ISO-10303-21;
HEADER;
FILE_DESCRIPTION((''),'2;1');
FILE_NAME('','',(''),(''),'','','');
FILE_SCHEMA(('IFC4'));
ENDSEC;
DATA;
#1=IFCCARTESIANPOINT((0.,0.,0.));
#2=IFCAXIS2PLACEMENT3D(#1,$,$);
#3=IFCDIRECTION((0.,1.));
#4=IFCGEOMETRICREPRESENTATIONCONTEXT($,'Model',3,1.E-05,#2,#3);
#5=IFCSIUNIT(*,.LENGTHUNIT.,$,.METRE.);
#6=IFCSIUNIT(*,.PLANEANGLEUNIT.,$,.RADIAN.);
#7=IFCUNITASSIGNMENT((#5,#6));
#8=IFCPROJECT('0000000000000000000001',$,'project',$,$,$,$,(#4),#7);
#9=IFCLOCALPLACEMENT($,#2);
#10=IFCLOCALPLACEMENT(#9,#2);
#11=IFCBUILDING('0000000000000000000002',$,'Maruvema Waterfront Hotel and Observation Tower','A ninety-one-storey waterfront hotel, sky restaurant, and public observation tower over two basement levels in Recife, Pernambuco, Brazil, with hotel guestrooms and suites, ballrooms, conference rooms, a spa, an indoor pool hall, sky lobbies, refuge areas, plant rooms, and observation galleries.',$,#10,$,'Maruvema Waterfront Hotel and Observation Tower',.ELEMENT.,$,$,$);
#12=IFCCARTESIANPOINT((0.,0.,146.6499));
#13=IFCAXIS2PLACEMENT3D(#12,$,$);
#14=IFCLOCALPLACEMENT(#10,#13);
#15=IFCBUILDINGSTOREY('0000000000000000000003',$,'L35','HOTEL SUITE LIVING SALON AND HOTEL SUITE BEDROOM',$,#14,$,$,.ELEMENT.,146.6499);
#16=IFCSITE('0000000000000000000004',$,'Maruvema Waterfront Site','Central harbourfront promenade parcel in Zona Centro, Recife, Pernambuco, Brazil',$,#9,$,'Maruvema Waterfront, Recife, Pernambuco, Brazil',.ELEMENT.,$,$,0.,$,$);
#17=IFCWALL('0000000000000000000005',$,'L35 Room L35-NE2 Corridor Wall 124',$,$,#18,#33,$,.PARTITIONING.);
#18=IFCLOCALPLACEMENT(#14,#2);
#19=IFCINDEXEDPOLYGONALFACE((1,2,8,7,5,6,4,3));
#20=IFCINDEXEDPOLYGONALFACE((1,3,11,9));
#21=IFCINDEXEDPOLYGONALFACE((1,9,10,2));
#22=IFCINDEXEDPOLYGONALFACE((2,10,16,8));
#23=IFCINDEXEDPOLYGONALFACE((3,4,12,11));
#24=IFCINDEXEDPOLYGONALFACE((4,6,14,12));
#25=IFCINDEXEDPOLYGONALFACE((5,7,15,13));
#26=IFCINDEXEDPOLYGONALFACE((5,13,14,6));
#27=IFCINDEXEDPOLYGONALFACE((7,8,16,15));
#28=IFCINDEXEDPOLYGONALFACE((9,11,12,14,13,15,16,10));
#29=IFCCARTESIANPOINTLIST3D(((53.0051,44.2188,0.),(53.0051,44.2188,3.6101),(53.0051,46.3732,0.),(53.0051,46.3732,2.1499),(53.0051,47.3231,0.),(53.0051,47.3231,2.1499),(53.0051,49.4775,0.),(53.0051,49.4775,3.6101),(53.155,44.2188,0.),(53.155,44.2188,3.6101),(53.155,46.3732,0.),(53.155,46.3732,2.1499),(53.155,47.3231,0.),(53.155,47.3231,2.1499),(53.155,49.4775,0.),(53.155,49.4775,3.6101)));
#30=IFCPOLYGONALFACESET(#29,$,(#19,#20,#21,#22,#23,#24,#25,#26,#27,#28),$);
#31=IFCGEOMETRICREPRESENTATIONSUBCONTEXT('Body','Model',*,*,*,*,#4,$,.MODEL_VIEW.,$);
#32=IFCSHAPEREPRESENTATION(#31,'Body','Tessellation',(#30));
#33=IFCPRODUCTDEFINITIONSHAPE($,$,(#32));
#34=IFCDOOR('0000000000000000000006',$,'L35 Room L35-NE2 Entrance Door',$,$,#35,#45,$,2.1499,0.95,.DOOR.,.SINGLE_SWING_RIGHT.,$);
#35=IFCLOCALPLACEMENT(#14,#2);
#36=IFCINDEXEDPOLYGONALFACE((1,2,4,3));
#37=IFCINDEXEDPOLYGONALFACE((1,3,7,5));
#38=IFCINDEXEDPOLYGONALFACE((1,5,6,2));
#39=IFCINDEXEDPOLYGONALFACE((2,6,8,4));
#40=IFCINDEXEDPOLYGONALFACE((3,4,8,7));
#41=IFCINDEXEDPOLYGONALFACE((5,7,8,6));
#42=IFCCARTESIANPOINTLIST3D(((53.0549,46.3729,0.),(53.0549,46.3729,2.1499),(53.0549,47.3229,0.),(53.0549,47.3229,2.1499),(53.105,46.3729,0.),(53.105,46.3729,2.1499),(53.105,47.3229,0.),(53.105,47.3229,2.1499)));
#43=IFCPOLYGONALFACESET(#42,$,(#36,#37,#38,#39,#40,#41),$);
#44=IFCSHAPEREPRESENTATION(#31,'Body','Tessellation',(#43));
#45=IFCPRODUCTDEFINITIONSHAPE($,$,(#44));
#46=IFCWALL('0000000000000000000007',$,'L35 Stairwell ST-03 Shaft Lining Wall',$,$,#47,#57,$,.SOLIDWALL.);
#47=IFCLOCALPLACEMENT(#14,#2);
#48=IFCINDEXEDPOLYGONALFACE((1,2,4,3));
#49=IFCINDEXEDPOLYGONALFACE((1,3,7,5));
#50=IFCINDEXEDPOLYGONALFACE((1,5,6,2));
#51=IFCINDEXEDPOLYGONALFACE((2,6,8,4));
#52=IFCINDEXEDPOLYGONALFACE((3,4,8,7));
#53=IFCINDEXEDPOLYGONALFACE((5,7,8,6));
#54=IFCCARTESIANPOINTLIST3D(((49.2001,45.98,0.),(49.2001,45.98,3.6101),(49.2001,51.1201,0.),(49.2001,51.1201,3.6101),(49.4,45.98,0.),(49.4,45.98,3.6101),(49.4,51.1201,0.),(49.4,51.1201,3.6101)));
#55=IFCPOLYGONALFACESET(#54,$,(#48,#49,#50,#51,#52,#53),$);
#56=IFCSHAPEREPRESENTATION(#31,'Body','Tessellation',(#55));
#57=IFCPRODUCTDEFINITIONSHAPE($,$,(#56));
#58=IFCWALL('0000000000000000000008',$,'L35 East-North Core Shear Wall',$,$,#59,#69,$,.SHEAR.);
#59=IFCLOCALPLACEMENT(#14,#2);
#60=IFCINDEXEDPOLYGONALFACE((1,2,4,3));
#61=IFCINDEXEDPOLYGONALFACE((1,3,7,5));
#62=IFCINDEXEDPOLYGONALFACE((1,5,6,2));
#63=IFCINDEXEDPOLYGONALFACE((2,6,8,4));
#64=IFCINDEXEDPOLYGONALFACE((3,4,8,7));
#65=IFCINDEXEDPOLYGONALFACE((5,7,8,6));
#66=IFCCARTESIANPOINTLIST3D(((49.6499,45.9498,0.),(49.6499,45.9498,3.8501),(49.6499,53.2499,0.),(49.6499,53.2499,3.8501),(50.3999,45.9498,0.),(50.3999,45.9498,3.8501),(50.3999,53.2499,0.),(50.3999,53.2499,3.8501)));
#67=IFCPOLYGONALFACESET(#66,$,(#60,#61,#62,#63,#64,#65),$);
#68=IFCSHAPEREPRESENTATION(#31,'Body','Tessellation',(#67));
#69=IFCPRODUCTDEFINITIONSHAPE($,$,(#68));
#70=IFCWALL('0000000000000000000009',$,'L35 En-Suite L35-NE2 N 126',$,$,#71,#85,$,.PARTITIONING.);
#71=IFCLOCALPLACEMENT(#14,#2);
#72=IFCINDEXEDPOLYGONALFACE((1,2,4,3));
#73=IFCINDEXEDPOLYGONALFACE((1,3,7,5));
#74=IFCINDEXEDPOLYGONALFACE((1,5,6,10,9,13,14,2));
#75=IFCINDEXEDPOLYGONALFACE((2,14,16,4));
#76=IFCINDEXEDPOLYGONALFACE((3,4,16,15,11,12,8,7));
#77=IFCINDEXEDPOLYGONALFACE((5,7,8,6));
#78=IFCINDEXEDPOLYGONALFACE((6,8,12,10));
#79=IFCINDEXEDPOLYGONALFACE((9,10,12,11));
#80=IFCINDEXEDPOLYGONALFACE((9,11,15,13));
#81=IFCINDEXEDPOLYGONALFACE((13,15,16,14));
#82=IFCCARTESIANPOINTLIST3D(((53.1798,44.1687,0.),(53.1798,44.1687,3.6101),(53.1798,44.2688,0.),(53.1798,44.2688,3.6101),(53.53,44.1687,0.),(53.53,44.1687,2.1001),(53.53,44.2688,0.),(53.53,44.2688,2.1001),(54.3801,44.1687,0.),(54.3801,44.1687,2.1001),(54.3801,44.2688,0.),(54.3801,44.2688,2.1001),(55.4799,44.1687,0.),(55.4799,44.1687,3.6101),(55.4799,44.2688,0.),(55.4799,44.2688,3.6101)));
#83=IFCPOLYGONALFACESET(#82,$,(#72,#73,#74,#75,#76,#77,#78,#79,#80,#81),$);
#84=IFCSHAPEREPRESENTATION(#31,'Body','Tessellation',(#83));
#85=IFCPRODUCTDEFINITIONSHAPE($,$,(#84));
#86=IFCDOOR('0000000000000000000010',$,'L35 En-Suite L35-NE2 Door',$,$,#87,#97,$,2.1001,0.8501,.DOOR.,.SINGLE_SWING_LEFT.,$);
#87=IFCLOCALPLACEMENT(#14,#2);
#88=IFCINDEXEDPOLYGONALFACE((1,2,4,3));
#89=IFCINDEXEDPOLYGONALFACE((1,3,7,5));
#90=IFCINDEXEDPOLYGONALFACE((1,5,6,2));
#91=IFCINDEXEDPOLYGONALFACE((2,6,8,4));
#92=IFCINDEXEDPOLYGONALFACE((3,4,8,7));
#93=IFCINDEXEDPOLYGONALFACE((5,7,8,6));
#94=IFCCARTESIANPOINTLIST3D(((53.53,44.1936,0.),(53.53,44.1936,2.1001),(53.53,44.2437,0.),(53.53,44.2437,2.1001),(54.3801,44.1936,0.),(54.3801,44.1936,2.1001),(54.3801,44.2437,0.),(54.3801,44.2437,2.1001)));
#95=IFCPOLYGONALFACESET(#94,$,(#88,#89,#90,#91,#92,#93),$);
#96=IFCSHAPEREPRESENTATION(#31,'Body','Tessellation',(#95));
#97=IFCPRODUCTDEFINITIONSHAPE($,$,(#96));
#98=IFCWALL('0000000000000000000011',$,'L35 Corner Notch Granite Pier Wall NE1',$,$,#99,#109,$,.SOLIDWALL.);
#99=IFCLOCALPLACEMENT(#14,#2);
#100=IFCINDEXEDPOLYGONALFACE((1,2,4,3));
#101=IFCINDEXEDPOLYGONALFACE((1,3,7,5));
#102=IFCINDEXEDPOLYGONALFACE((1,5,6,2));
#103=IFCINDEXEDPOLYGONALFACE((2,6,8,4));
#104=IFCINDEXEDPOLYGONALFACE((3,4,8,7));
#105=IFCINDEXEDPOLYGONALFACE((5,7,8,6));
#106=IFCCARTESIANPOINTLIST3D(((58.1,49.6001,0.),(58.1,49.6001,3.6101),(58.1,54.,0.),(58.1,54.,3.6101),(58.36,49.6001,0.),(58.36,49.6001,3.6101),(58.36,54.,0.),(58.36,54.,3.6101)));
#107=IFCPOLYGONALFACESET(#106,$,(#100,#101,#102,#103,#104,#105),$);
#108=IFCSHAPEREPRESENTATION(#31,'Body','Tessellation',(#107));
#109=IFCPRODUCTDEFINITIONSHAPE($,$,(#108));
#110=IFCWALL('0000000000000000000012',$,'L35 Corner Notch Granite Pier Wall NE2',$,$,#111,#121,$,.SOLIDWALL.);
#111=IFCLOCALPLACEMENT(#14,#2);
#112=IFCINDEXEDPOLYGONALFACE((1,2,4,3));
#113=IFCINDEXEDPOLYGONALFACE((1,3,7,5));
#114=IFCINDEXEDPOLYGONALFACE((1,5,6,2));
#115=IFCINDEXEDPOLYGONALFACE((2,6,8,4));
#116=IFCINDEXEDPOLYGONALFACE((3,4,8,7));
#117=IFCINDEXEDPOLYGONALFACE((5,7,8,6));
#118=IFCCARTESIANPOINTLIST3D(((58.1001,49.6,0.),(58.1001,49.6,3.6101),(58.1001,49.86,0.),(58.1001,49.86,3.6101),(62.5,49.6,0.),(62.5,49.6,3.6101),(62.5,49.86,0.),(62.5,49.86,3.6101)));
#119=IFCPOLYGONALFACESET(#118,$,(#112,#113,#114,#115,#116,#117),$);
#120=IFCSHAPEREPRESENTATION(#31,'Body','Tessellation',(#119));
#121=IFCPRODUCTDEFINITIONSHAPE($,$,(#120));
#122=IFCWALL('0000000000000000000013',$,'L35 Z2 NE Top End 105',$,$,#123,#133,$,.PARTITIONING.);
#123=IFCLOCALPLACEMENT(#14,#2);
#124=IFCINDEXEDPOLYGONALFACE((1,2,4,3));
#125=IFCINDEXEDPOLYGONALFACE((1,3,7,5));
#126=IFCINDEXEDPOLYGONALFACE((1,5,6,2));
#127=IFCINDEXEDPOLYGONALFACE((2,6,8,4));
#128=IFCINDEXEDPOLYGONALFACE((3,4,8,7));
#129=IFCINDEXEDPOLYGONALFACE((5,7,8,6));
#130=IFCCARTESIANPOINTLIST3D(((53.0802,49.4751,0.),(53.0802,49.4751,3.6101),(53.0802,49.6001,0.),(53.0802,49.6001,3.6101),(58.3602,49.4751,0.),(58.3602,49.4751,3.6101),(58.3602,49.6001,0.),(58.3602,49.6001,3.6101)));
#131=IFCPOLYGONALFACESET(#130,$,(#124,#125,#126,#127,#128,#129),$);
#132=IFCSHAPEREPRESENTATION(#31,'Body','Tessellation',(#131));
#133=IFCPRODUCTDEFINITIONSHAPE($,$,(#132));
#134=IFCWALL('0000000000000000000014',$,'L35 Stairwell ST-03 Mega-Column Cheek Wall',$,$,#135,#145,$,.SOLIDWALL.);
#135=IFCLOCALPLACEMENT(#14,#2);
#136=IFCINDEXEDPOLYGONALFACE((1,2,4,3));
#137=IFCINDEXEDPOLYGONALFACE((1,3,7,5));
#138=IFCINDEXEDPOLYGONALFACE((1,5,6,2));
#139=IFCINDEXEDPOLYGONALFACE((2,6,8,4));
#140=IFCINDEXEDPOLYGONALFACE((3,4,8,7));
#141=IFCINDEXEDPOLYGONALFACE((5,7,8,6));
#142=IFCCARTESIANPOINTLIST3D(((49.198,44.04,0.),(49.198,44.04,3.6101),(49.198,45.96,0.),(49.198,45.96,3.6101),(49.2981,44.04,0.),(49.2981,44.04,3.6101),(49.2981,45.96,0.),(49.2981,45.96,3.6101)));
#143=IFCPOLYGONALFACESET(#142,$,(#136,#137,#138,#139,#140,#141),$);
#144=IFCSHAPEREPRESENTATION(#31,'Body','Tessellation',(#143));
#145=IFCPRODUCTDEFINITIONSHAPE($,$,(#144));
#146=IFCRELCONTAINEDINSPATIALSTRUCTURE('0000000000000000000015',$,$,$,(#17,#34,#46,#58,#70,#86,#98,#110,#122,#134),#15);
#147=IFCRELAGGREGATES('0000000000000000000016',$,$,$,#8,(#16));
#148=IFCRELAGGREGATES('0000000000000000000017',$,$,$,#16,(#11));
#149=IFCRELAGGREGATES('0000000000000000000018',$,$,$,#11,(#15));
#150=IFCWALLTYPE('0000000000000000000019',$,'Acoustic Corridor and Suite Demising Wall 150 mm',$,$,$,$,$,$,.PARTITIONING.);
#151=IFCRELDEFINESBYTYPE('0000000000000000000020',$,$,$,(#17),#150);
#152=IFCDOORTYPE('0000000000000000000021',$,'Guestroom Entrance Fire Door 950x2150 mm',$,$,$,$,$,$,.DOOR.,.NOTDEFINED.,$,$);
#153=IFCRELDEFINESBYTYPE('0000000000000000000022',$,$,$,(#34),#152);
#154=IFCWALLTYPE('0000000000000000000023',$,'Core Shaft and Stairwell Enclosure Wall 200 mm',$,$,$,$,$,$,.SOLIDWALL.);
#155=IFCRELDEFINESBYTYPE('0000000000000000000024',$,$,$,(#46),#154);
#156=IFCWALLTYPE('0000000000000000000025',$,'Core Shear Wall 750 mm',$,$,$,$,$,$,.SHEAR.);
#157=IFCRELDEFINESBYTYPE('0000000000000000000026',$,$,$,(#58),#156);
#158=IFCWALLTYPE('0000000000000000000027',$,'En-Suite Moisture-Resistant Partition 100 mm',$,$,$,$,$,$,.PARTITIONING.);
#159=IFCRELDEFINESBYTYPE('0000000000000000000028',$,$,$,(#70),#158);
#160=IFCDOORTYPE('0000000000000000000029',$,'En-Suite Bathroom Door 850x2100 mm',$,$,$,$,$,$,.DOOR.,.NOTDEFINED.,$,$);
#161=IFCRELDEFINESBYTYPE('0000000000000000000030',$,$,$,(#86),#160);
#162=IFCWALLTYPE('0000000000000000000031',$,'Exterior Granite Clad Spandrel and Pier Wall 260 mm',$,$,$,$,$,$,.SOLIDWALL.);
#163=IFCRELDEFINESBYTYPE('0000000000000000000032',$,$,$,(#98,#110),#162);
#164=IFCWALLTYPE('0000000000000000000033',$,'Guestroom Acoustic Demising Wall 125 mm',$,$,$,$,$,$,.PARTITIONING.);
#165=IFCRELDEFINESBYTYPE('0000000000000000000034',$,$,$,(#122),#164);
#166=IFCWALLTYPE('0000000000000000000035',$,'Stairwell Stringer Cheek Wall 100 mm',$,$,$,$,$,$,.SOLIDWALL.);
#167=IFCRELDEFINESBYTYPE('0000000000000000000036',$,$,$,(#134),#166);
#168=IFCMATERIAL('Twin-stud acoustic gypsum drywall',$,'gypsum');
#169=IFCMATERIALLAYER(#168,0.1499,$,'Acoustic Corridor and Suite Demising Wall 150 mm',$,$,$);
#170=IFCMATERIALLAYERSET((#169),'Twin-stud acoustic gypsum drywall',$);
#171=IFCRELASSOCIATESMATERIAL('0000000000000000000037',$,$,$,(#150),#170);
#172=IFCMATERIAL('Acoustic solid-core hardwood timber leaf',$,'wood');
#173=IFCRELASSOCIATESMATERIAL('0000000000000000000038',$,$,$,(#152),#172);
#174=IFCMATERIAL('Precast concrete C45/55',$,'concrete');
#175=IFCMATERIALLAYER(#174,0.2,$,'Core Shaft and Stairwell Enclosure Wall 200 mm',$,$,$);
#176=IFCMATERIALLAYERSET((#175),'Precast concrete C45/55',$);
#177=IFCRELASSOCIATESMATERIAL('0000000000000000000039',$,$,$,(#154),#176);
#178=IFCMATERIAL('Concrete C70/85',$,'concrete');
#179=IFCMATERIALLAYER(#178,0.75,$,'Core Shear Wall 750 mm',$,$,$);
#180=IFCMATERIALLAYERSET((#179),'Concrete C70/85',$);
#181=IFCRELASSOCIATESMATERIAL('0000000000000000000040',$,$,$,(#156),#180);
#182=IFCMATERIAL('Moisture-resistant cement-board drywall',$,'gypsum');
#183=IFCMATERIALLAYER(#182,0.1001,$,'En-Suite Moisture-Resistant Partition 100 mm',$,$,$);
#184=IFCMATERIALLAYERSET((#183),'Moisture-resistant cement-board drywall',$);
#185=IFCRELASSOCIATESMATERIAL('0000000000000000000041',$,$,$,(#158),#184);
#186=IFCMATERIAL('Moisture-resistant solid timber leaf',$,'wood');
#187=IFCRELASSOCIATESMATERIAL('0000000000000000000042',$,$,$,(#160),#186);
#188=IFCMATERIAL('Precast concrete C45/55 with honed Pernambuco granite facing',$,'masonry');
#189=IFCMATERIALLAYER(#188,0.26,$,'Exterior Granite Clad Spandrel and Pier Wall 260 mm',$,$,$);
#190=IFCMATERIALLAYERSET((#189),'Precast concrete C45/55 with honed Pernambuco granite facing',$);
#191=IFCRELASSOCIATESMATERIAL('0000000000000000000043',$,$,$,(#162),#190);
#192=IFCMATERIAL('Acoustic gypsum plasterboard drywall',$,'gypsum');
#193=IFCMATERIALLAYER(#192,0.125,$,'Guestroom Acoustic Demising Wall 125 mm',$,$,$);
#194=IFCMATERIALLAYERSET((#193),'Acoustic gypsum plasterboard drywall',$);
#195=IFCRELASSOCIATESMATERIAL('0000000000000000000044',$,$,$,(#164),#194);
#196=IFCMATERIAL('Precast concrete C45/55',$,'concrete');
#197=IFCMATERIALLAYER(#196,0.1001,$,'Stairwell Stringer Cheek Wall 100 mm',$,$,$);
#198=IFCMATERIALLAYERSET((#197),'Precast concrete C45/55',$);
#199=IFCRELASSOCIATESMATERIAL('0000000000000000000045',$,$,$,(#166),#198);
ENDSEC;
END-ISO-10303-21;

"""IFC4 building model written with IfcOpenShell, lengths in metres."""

from ifc_helpers import new_model, si_unit, direction, frame, frame_2d, origin, place, context, subcontext, project, spatial, rectangle, extrude, material, layer, layer_set, type_object, element, fill, save


model = new_model("IFC4")

# Units and contexts
model_context = context("Model", 3, precision=1e-05, world=origin(), true_north=direction((0.0, 1.0)))
body_context = subcontext(model_context, "Body", "Model", "MODEL_VIEW")
ifc_project = project(units=[si_unit("LENGTHUNIT", "METRE"), si_unit("PLANEANGLEUNIT", "RADIAN")], contexts=[model_context])

# Site, building, storey
site_placement = place(None, origin())
site = spatial("IfcSite", under=ifc_project, at=site_placement, Name="Maruvema Waterfront Site", Description="Central harbourfront promenade parcel in Zona Centro, Recife, Pernambuco, Brazil", LongName="Maruvema Waterfront, Recife, Pernambuco, Brazil", CompositionType="ELEMENT", RefElevation=0.0)
building_placement = place(site_placement, origin())
building = spatial("IfcBuilding", under=site, at=building_placement, Name="Maruvema Waterfront Hotel and Observation Tower", Description="A ninety-one-storey waterfront hotel, sky restaurant, and public observation tower over two basement levels in Recife, Pernambuco, Brazil, with hotel guestrooms and suites, ballrooms, conference rooms, a spa, an indoor pool hall, sky lobbies, refuge areas, plant rooms, and observation galleries.", LongName="Maruvema Waterfront Hotel and Observation Tower", CompositionType="ELEMENT")
storey_placement = place(building_placement, frame((0.0, 0.0, 146.6499)))
storey = spatial("IfcBuildingStorey", under=building, at=storey_placement, Name="L35", Description="HOTEL SUITE LIVING SALON AND HOTEL SUITE BEDROOM", CompositionType="ELEMENT", Elevation=146.6499)

# Wall, opening, door
ifc_material_1 = material(Name="Twin-stud acoustic gypsum drywall", Category="gypsum")
ifc_layer_1 = layer(ifc_material_1, 0.1499, Name="Acoustic Corridor and Suite Demising Wall 150 mm")
ifc_layer_set_1 = layer_set([ifc_layer_1], Name="Twin-stud acoustic gypsum drywall")
wall_type_1 = type_object("IfcWallType", Name="Acoustic Corridor and Suite Demising Wall 150 mm", PredefinedType="PARTITIONING", material=ifc_layer_set_1)
wall_1_placement = place(storey_placement, frame((53.0801, 44.2188, 0.0), z_axis=(0.0, 0.0, 1.0), x_axis=(0.0, 1.0, 0.0)))
wall_1 = element("IfcWall", 1, at=wall_1_placement, inside=storey, type_object=wall_type_1, Name="L35 Room L35-NE2 Corridor Wall 124", PredefinedType="PARTITIONING", context=body_context, shape_type="SweptSolid", body=[
    extrude(rectangle(XDim=5.2588, YDim=0.1499, at=frame_2d((2.6294, 0.0))), origin(), (0.0, 0.0, 1.0), 3.6101),
])
opening_1_placement = place(wall_1_placement, frame((2.1543, 0.0, 0.0)))
opening_1 = element("IfcOpeningElement", 2, at=opening_1_placement, cuts=wall_1, PredefinedType="OPENING", context=body_context, shape_type="SweptSolid", body=[
    extrude(rectangle(XDim=0.95, YDim=2.1499, at=frame_2d((0.4751, 1.075))), frame((0.0, 0.085, 0.0), z_axis=(0.0, -1.0, 0.0), x_axis=(1.0, 0.0, 0.0)), (0.0, 0.0, 1.0), 0.1699),
])
ifc_material_2 = material(Name="Acoustic solid-core hardwood timber leaf", Category="wood")
door_type_1 = type_object("IfcDoorType", Name="Guestroom Entrance Fire Door 950x2150 mm", OperationType="NOTDEFINED", PredefinedType="DOOR", material=ifc_material_2)
door_1_placement = place(opening_1_placement, frame((0.95, 0.0, 0.0), z_axis=(0.0, 0.0, 1.0), x_axis=(-1.0, 0.0, 0.0)))
door_1 = element("IfcDoor", 3, at=door_1_placement, inside=storey, type_object=door_type_1, Name="L35 Room L35-NE2 Entrance Door", OperationType="SINGLE_SWING_RIGHT", OverallHeight=2.1499, OverallWidth=0.95, PredefinedType="DOOR", context=body_context, shape_type="SweptSolid", body=[
    extrude(rectangle(XDim=0.95, YDim=2.1499, at=frame_2d((0.4751, 1.075))), frame((0.0, 0.0249, 0.0), z_axis=(0.0, -1.0, 0.0), x_axis=(1.0, 0.0, 0.0)), (0.0, 0.0, 1.0), 0.05),
])
fill(opening_1, door_1)

# Walls
ifc_material_3 = material(Name="Precast concrete C45/55", Category="concrete")
ifc_layer_2 = layer(ifc_material_3, 0.2, Name="Core Shaft and Stairwell Enclosure Wall 200 mm")
ifc_layer_set_2 = layer_set([ifc_layer_2], Name="Precast concrete C45/55")
wall_type_2 = type_object("IfcWallType", Name="Core Shaft and Stairwell Enclosure Wall 200 mm", PredefinedType="SOLIDWALL", material=ifc_layer_set_2)
wall_2_placement = place(storey_placement, frame((49.3, 45.98, 0.0), z_axis=(0.0, 0.0, 1.0), x_axis=(0.0, 1.0, 0.0)))
element("IfcWall", 4, at=wall_2_placement, inside=storey, type_object=wall_type_2, Name="L35 Stairwell ST-03 Shaft Lining Wall", PredefinedType="SOLIDWALL", context=body_context, shape_type="SweptSolid", body=[
    extrude(rectangle(XDim=5.1401, YDim=0.2, at=frame_2d((2.5701, 0.0))), origin(), (0.0, 0.0, 1.0), 3.6101),
])
ifc_material_4 = material(Name="Concrete C70/85", Category="concrete")
ifc_layer_3 = layer(ifc_material_4, 0.75, Name="Core Shear Wall 750 mm")
ifc_layer_set_3 = layer_set([ifc_layer_3], Name="Concrete C70/85")
wall_type_3 = type_object("IfcWallType", Name="Core Shear Wall 750 mm", PredefinedType="SHEAR", material=ifc_layer_set_3)
wall_3_placement = place(storey_placement, frame((50.0249, 45.95, 0.0), z_axis=(0.0, 0.0, 1.0), x_axis=(0.0, 1.0, 0.0)))
element("IfcWall", 5, at=wall_3_placement, inside=storey, type_object=wall_type_3, Name="L35 East-North Core Shear Wall", PredefinedType="SHEAR", context=body_context, shape_type="SweptSolid", body=[
    extrude(rectangle(XDim=7.3, YDim=0.75, at=frame_2d((3.6499, 0.0))), origin(), (0.0, 0.0, 1.0), 3.8501),
])

# Wall, opening, door
ifc_material_5 = material(Name="Moisture-resistant cement-board drywall", Category="gypsum")
ifc_layer_4 = layer(ifc_material_5, 0.1001, Name="En-Suite Moisture-Resistant Partition 100 mm")
ifc_layer_set_4 = layer_set([ifc_layer_4], Name="Moisture-resistant cement-board drywall")
wall_type_4 = type_object("IfcWallType", Name="En-Suite Moisture-Resistant Partition 100 mm", PredefinedType="PARTITIONING", material=ifc_layer_set_4)
wall_4_placement = place(storey_placement, frame((53.1799, 44.2188, 0.0), z_axis=(0.0, 0.0, 1.0), x_axis=(1.0, 0.0, 0.0)))
wall_4 = element("IfcWall", 6, at=wall_4_placement, inside=storey, type_object=wall_type_4, Name="L35 En-Suite L35-NE2 N 126", PredefinedType="PARTITIONING", context=body_context, shape_type="SweptSolid", body=[
    extrude(rectangle(XDim=2.3, YDim=0.1001, at=frame_2d((1.1499, 0.0))), origin(), (0.0, 0.0, 1.0), 3.6101),
])
opening_2_placement = place(wall_4_placement, frame((0.3501, 0.0, 0.0)))
opening_2 = element("IfcOpeningElement", 7, at=opening_2_placement, cuts=wall_4, PredefinedType="OPENING", context=body_context, shape_type="SweptSolid", body=[
    extrude(rectangle(XDim=0.8501, YDim=2.1001, at=frame_2d((0.425, 1.05))), frame((0.0, 0.0601, 0.0), z_axis=(0.0, -1.0, 0.0), x_axis=(1.0, 0.0, 0.0)), (0.0, 0.0, 1.0), 0.1201),
])
ifc_material_6 = material(Name="Moisture-resistant solid timber leaf", Category="wood")
door_type_2 = type_object("IfcDoorType", Name="En-Suite Bathroom Door 850x2100 mm", OperationType="NOTDEFINED", PredefinedType="DOOR", material=ifc_material_6)
door_2_placement = place(opening_2_placement, origin())
door_2 = element("IfcDoor", 8, at=door_2_placement, inside=storey, type_object=door_type_2, Name="L35 En-Suite L35-NE2 Door", OperationType="SINGLE_SWING_LEFT", OverallHeight=2.1001, OverallWidth=0.8501, PredefinedType="DOOR", context=body_context, shape_type="SweptSolid", body=[
    extrude(rectangle(XDim=0.8501, YDim=2.1001, at=frame_2d((0.425, 1.05))), frame((0.0, 0.0249, 0.0), z_axis=(0.0, -1.0, 0.0), x_axis=(1.0, 0.0, 0.0)), (0.0, 0.0, 1.0), 0.05),
])
fill(opening_2, door_2)

# Walls
ifc_material_7 = material(Name="Precast concrete C45/55 with honed Pernambuco granite facing", Category="masonry")
ifc_layer_5 = layer(ifc_material_7, 0.26, Name="Exterior Granite Clad Spandrel and Pier Wall 260 mm")
ifc_layer_set_5 = layer_set([ifc_layer_5], Name="Precast concrete C45/55 with honed Pernambuco granite facing")
wall_type_5 = type_object("IfcWallType", Name="Exterior Granite Clad Spandrel and Pier Wall 260 mm", PredefinedType="SOLIDWALL", material=ifc_layer_set_5)
for number, where, z_axis, x_axis, name in (
    (9, (58.23, 54.0, 0.0), (0.0, 0.0, 1.0), (0.0, -1.0, 0.0), "L35 Corner Notch Granite Pier Wall NE1"),
    (10, (58.1001, 49.73, 0.0), (0.0, 0.0, 1.0), (1.0, 0.0, 0.0), "L35 Corner Notch Granite Pier Wall NE2"),
):
    element("IfcWall", number, at=place(storey_placement, frame(where, z_axis=z_axis, x_axis=x_axis)), inside=storey, type_object=wall_type_5, Name=name, PredefinedType="SOLIDWALL", context=body_context, shape_type="SweptSolid", body=[
        extrude(rectangle(XDim=4.3999, YDim=0.26, at=frame_2d((2.2, 0.0))), origin(), (0.0, 0.0, 1.0), 3.6101),
    ])
ifc_material_8 = material(Name="Acoustic gypsum plasterboard drywall", Category="gypsum")
ifc_layer_6 = layer(ifc_material_8, 0.125, Name="Guestroom Acoustic Demising Wall 125 mm")
ifc_layer_set_6 = layer_set([ifc_layer_6], Name="Acoustic gypsum plasterboard drywall")
wall_type_6 = type_object("IfcWallType", Name="Guestroom Acoustic Demising Wall 125 mm", PredefinedType="PARTITIONING", material=ifc_layer_set_6)
wall_5_placement = place(storey_placement, frame((53.0801, 49.5376, 0.0), z_axis=(0.0, 0.0, 1.0), x_axis=(1.0, 0.0, 0.0)))
element("IfcWall", 11, at=wall_5_placement, inside=storey, type_object=wall_type_6, Name="L35 Z2 NE Top End 105", PredefinedType="PARTITIONING", context=body_context, shape_type="SweptSolid", body=[
    extrude(rectangle(XDim=5.28, YDim=0.125, at=frame_2d((2.6401, 0.0))), origin(), (0.0, 0.0, 1.0), 3.6101),
])
ifc_material_9 = material(Name="Precast concrete C45/55", Category="concrete")
ifc_layer_7 = layer(ifc_material_9, 0.1001, Name="Stairwell Stringer Cheek Wall 100 mm")
ifc_layer_set_7 = layer_set([ifc_layer_7], Name="Precast concrete C45/55")
wall_type_7 = type_object("IfcWallType", Name="Stairwell Stringer Cheek Wall 100 mm", PredefinedType="SOLIDWALL", material=ifc_layer_set_7)
wall_6_placement = place(storey_placement, frame((49.248, 44.04, 0.0), z_axis=(0.0, 0.0, 1.0), x_axis=(0.0, 1.0, 0.0)))
element("IfcWall", 12, at=wall_6_placement, inside=storey, type_object=wall_type_7, Name="L35 Stairwell ST-03 Mega-Column Cheek Wall", PredefinedType="SOLIDWALL", context=body_context, shape_type="SweptSolid", body=[
    extrude(rectangle(XDim=1.9199, YDim=0.1001, at=frame_2d((0.96, 0.0))), origin(), (0.0, 0.0, 1.0), 3.6101),
])

save(model, "model.ifc")
